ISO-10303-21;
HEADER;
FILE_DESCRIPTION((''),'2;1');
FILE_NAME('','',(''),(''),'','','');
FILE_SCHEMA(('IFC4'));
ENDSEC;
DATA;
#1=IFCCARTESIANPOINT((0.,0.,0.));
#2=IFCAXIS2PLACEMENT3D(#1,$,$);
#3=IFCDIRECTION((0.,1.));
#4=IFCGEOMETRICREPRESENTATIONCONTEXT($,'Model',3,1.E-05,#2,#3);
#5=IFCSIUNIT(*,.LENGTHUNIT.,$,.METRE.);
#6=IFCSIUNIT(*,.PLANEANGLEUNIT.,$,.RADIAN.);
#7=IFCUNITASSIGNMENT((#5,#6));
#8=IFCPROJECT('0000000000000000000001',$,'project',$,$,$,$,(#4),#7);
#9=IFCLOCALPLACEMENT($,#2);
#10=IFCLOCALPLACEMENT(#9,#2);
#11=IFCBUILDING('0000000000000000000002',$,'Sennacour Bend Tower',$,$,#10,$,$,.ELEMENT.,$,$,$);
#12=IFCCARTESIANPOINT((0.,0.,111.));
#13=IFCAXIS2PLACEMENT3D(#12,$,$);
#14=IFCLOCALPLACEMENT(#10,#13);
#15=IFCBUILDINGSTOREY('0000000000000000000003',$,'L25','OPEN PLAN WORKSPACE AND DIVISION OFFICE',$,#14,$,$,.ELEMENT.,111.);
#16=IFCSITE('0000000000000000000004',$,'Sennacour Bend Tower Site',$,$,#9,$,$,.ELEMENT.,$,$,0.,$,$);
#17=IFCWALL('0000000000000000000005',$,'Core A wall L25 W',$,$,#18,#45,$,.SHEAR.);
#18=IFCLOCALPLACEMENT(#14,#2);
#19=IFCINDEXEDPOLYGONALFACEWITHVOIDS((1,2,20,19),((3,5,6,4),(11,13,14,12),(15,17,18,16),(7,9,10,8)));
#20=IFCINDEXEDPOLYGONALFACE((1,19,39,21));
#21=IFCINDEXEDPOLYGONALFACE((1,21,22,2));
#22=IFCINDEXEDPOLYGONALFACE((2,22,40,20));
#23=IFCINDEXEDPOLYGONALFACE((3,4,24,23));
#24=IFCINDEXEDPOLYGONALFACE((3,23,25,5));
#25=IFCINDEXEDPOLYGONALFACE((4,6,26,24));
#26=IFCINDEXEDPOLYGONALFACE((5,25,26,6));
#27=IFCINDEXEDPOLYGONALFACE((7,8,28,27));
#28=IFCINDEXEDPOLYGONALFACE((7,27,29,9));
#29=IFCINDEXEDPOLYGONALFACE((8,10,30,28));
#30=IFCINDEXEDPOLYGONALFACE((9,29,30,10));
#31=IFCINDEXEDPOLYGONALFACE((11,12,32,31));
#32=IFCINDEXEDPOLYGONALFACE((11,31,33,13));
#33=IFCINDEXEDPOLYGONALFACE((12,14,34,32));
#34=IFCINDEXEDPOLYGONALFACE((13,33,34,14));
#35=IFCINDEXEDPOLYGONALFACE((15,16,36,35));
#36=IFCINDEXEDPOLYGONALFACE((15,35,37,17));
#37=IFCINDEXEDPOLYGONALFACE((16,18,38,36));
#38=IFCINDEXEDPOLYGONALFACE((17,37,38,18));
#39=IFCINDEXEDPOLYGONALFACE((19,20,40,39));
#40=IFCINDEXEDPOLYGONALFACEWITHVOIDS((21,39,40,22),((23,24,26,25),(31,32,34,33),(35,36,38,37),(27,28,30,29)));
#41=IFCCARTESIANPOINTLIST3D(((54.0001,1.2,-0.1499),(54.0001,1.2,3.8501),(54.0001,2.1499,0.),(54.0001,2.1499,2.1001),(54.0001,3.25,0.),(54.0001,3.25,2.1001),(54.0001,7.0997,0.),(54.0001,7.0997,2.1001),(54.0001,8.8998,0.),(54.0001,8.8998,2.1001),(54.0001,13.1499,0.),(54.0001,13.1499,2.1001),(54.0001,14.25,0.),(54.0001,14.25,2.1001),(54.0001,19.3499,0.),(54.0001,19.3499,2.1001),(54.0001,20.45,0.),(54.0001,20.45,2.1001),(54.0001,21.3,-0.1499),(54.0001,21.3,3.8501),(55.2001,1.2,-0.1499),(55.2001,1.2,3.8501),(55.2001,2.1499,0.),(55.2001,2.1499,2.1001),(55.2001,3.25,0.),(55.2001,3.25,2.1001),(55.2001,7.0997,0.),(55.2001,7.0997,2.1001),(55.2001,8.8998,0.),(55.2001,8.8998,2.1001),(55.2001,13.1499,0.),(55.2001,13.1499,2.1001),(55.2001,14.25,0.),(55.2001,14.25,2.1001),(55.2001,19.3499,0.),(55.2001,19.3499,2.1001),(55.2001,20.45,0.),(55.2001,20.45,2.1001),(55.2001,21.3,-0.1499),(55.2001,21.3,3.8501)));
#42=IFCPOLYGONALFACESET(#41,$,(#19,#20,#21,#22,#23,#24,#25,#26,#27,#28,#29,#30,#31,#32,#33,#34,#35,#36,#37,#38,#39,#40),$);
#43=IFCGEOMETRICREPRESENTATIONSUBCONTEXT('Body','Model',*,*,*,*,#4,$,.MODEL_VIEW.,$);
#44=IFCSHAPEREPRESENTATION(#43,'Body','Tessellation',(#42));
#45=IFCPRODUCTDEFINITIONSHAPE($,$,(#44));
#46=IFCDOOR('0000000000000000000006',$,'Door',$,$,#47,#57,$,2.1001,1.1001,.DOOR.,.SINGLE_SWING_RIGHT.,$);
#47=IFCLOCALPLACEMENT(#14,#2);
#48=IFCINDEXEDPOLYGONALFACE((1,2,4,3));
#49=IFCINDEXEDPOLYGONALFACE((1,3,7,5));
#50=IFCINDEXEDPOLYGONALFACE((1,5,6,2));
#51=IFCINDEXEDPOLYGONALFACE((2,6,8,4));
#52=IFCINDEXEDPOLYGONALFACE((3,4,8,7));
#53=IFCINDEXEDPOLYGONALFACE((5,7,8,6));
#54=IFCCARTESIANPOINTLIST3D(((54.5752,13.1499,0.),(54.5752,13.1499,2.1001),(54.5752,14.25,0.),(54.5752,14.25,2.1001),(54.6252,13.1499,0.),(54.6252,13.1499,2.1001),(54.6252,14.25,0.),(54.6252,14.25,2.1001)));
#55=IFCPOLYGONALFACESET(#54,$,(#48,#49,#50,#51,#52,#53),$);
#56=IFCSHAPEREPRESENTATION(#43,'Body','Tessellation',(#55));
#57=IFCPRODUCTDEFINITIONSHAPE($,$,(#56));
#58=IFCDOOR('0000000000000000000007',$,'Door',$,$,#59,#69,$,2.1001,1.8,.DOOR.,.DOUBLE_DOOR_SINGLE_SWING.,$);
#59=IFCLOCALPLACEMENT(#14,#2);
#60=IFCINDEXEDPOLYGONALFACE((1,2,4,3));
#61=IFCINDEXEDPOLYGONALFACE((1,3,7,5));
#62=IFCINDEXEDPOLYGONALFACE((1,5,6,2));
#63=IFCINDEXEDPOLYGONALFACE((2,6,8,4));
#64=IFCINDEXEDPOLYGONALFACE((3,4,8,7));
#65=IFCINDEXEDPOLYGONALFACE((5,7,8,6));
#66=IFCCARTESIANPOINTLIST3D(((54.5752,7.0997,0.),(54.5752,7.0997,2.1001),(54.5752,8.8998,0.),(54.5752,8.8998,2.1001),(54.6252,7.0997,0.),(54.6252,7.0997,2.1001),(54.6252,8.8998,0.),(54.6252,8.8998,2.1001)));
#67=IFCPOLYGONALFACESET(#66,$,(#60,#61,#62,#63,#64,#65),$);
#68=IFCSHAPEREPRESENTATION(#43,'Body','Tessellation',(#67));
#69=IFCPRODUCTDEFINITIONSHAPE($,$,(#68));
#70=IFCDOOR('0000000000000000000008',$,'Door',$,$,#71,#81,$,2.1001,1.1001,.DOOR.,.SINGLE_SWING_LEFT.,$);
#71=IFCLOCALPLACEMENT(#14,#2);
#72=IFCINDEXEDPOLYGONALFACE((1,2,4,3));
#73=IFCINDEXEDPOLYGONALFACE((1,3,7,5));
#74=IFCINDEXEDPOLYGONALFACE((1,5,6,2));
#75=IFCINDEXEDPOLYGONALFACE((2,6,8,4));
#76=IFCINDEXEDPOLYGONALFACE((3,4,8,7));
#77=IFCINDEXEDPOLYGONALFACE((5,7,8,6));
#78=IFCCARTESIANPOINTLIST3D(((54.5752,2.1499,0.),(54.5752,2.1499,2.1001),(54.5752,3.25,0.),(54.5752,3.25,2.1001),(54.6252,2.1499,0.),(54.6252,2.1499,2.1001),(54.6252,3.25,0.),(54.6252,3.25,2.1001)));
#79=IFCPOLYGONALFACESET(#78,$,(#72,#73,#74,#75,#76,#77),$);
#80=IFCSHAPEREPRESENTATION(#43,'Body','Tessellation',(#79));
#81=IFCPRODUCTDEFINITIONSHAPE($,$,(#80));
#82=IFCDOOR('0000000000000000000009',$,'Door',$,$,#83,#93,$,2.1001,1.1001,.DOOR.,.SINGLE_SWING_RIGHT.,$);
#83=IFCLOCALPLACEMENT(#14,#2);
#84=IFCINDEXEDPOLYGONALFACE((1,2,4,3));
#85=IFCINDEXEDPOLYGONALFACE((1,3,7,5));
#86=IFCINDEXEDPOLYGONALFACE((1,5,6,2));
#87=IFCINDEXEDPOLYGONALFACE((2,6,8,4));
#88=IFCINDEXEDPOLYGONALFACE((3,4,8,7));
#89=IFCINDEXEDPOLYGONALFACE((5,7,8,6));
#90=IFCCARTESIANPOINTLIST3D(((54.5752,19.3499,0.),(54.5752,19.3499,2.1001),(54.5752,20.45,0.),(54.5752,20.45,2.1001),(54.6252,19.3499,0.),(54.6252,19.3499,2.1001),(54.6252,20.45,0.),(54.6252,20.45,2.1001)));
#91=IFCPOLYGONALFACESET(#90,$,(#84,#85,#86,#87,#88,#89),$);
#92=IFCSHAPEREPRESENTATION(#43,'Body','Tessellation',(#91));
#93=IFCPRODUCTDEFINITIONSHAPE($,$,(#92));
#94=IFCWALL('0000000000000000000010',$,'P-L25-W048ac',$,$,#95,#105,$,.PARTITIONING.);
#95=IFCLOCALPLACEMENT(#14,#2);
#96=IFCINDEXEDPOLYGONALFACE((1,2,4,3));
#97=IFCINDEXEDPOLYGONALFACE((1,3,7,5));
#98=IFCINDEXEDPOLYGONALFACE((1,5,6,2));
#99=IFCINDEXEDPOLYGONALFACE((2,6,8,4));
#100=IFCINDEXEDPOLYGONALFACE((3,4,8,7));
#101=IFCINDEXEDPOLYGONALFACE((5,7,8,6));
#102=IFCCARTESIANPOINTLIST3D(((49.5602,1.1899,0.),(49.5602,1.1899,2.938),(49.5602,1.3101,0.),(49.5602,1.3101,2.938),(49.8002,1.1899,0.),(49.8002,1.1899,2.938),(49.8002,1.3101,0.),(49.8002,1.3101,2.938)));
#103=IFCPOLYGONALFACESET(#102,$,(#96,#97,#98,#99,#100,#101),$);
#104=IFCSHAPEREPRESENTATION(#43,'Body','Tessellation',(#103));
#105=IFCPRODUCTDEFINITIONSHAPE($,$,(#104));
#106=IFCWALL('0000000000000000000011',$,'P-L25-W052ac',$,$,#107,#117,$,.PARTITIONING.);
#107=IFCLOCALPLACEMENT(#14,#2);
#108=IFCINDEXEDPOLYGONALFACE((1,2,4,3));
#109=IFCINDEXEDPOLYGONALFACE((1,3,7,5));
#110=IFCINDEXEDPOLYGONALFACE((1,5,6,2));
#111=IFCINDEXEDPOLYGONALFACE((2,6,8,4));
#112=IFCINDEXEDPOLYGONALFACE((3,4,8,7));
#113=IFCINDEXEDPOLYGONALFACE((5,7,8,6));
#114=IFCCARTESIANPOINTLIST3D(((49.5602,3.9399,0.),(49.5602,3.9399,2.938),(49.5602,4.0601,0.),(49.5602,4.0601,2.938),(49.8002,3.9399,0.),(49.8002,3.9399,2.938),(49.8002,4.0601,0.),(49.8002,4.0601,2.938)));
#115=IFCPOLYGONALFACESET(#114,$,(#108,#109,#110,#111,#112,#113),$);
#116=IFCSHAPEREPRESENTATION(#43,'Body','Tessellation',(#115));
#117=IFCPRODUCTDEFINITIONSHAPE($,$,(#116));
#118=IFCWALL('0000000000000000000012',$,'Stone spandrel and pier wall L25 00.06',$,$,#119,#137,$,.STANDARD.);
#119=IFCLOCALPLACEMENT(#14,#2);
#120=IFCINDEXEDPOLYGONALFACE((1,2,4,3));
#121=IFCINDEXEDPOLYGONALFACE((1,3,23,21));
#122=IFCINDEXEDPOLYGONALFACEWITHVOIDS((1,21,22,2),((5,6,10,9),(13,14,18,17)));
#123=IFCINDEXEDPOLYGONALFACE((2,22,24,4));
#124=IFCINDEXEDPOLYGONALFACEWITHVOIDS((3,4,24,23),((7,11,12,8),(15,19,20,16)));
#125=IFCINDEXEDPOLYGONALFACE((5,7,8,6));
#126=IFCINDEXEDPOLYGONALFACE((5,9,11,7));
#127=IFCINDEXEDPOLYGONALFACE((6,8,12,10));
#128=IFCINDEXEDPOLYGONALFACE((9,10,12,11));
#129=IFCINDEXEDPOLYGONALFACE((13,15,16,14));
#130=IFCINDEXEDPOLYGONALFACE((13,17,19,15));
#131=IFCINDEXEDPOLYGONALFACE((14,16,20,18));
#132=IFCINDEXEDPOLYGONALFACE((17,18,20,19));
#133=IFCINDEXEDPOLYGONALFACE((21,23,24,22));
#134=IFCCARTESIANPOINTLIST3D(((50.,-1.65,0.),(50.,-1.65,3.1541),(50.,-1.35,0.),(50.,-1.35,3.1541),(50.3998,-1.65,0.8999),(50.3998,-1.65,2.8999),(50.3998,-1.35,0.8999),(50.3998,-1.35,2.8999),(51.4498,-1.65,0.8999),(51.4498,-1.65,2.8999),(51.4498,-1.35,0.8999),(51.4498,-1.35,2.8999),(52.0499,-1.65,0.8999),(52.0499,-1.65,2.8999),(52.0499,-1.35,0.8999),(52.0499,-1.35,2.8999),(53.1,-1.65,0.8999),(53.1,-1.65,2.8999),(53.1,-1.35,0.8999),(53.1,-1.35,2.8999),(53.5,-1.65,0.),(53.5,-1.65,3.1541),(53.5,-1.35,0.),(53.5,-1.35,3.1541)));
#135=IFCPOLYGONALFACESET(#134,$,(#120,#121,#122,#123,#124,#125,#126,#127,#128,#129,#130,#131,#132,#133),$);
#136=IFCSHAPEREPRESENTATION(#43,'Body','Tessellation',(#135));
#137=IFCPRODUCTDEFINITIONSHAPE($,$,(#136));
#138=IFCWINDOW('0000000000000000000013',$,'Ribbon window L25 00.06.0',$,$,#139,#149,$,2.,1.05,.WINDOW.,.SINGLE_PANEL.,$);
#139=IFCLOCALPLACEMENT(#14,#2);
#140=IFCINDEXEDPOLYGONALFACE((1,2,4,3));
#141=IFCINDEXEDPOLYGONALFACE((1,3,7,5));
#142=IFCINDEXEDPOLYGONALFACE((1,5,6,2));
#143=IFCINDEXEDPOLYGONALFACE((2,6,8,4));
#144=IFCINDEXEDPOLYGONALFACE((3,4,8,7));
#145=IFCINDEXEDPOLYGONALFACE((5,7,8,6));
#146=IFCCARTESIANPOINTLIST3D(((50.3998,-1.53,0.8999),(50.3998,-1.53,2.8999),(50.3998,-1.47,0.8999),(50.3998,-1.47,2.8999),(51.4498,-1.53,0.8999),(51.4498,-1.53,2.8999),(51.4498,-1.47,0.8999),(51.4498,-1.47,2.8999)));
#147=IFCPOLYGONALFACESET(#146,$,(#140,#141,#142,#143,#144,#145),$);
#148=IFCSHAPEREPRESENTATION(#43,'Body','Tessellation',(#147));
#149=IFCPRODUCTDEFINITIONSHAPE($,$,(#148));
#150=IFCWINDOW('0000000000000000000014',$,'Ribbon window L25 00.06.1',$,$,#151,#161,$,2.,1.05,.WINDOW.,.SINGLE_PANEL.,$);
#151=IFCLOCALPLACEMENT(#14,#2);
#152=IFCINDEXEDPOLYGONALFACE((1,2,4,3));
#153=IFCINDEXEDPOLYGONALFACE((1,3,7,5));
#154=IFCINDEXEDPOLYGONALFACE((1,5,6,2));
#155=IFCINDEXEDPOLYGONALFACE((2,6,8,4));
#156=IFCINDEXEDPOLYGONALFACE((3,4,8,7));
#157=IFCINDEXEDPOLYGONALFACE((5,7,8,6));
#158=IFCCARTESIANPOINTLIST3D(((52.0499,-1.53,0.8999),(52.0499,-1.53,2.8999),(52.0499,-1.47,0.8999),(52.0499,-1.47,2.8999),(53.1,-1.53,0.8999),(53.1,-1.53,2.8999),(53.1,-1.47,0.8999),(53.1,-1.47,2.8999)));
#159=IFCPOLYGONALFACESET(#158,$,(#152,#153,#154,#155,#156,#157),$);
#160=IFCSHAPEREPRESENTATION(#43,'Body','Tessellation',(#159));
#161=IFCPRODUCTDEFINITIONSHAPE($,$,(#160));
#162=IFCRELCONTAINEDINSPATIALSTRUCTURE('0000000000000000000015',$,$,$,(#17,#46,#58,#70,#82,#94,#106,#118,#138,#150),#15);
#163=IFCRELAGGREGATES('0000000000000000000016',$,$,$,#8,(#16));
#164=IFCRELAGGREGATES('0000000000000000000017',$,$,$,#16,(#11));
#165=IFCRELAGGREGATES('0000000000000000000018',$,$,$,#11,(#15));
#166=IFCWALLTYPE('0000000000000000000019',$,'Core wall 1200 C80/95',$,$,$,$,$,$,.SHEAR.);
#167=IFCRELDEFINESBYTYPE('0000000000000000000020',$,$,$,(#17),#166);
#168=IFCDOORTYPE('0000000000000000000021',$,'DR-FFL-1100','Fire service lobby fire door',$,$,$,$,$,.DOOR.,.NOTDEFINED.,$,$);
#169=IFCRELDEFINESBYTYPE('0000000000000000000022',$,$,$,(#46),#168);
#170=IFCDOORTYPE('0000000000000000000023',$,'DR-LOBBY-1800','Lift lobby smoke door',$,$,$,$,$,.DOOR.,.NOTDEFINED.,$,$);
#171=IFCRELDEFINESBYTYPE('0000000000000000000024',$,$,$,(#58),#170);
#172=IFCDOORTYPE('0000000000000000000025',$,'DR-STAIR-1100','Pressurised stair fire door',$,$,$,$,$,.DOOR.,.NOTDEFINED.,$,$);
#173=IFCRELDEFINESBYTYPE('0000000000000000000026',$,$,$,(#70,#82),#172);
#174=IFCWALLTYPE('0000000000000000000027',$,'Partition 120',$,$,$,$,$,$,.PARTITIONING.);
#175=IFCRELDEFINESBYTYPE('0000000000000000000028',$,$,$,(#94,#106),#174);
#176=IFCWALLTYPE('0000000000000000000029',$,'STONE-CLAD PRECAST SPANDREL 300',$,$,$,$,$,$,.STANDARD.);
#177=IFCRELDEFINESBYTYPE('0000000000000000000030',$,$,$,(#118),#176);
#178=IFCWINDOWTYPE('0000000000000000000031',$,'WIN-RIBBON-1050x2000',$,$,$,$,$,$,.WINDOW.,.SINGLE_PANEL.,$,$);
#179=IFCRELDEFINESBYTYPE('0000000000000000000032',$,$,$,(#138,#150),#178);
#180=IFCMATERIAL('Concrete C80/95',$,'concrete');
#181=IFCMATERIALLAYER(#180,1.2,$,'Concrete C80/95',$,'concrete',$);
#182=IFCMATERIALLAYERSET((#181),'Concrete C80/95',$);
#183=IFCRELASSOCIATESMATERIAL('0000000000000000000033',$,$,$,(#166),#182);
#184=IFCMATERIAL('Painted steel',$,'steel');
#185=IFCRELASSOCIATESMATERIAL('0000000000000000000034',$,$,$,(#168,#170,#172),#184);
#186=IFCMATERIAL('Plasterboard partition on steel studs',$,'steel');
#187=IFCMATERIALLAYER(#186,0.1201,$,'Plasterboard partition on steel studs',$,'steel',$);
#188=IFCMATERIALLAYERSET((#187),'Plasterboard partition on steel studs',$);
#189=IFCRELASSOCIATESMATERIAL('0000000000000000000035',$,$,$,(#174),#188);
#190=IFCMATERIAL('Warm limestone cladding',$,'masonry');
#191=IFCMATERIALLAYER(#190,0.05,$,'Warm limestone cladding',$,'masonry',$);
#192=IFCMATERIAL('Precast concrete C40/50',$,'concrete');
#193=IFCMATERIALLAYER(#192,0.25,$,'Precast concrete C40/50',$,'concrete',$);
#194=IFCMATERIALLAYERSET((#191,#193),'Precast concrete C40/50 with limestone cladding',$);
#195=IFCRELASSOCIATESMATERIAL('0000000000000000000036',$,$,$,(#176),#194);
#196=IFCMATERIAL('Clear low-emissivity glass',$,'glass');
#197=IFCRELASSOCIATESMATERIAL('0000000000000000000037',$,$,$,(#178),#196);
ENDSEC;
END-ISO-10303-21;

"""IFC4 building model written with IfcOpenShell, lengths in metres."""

from ifc_helpers import new_model, si_unit, direction, frame, frame_2d, origin, place, context, subcontext, project, spatial, rectangle, extrude, material, layer, layer_set, type_object, element, fill, save


model = new_model("IFC4")

# Units and contexts
model_context = context("Model", 3, precision=1e-05, world=origin(), true_north=direction((0.0, 1.0)))
body_context = subcontext(model_context, "Body", "Model", "MODEL_VIEW")
ifc_project = project(units=[si_unit("LENGTHUNIT", "METRE"), si_unit("PLANEANGLEUNIT", "RADIAN")], contexts=[model_context])

# Site, building, storey
site_placement = place(None, origin())
site = spatial("IfcSite", under=ifc_project, at=site_placement, Name="Sennacour Bend Tower Site", CompositionType="ELEMENT", RefElevation=0.0)
building_placement = place(site_placement, origin())
building = spatial("IfcBuilding", under=site, at=building_placement, Name="Sennacour Bend Tower", CompositionType="ELEMENT")
storey_placement = place(building_placement, frame((0.0, 0.0, 111.0)))
storey = spatial("IfcBuildingStorey", under=building, at=storey_placement, Name="L25", Description="OPEN PLAN WORKSPACE AND DIVISION OFFICE", CompositionType="ELEMENT", Elevation=111.0)

# Wall, openings, doors
ifc_material_1 = material(Name="Concrete C80/95", Category="concrete")
ifc_layer_1 = layer(ifc_material_1, 1.2, Name="Concrete C80/95", Category="concrete")
ifc_layer_set_1 = layer_set([ifc_layer_1], Name="Concrete C80/95")
wall_type_1 = type_object("IfcWallType", Name="Core wall 1200 C80/95", PredefinedType="SHEAR", material=ifc_layer_set_1)
wall_1_placement = place(storey_placement, frame((54.6001, 1.2, -0.1499), z_axis=(0.0, 0.0, 1.0), x_axis=(0.0, 1.0, 0.0)))
wall_1 = element("IfcWall", 1, at=wall_1_placement, inside=storey, type_object=wall_type_1, Name="Core A wall L25 W", PredefinedType="SHEAR", context=body_context, shape_type="SweptSolid", body=[
    extrude(rectangle(XDim=20.1001, YDim=1.2, at=frame_2d((10.05, 0.0))), origin(), (0.0, 0.0, 1.0), 4.0),
])
opening_1_placement = place(wall_1_placement, frame((5.8999, 0.0, 0.1499)))
opening_1 = element("IfcOpeningElement", 2, at=opening_1_placement, cuts=wall_1, PredefinedType="OPENING", context=body_context, shape_type="SweptSolid", body=[
    extrude(rectangle(XDim=1.8, YDim=2.1001, at=frame_2d((0.8999, 1.05))), frame((0.0, 0.6099, 0.0), z_axis=(0.0, -1.0, 0.0), x_axis=(1.0, 0.0, 0.0)), (0.0, 0.0, 1.0), 1.22),
])
opening_2_placement = place(wall_1_placement, frame((11.95, 0.0, 0.1499)))
opening_2 = element("IfcOpeningElement", 3, at=opening_2_placement, cuts=wall_1, PredefinedType="OPENING", context=body_context, shape_type="SweptSolid", body=[
    extrude(rectangle(XDim=1.1001, YDim=2.1001, at=frame_2d((0.55, 1.05))), frame((0.0, 0.6099, 0.0), z_axis=(0.0, -1.0, 0.0), x_axis=(1.0, 0.0, 0.0)), (0.0, 0.0, 1.0), 1.22),
])
opening_3_placement = place(wall_1_placement, frame((0.95, 0.0, 0.1499)))
opening_3 = element("IfcOpeningElement", 4, at=opening_3_placement, cuts=wall_1, PredefinedType="OPENING", context=body_context, shape_type="SweptSolid", body=[
    extrude(rectangle(XDim=1.1001, YDim=2.1001, at=frame_2d((0.55, 1.05))), frame((0.0, 0.6099, 0.0), z_axis=(0.0, -1.0, 0.0), x_axis=(1.0, 0.0, 0.0)), (0.0, 0.0, 1.0), 1.22),
])
opening_4_placement = place(wall_1_placement, frame((18.1499, 0.0, 0.1499)))
opening_4 = element("IfcOpeningElement", 5, at=opening_4_placement, cuts=wall_1, PredefinedType="OPENING", context=body_context, shape_type="SweptSolid", body=[
    extrude(rectangle(XDim=1.1001, YDim=2.1001, at=frame_2d((0.55, 1.05))), frame((0.0, 0.6099, 0.0), z_axis=(0.0, -1.0, 0.0), x_axis=(1.0, 0.0, 0.0)), (0.0, 0.0, 1.0), 1.22),
])
ifc_material_2 = material(Name="Painted steel", Category="steel")
door_type_1 = type_object("IfcDoorType", Name="DR-FFL-1100", Description="Fire service lobby fire door", OperationType="NOTDEFINED", PredefinedType="DOOR", material=ifc_material_2)
door_1_placement = place(opening_2_placement, origin())
door_1 = element("IfcDoor", 6, at=door_1_placement, inside=storey, type_object=door_type_1, Name="Door", OperationType="SINGLE_SWING_RIGHT", OverallHeight=2.1001, OverallWidth=1.1001, PredefinedType="DOOR", context=body_context, shape_type="SweptSolid", body=[
    extrude(rectangle(XDim=1.1001, YDim=2.1001, at=frame_2d((0.55, 1.05))), frame((0.0, 0.0249, 0.0), z_axis=(0.0, -1.0, 0.0), x_axis=(1.0, 0.0, 0.0)), (0.0, 0.0, 1.0), 0.05),
])
fill(opening_2, door_1)
door_type_2 = type_object("IfcDoorType", Name="DR-LOBBY-1800", Description="Lift lobby smoke door", OperationType="NOTDEFINED", PredefinedType="DOOR", material=ifc_material_2)
door_2_placement = place(opening_1_placement, origin())
door_2 = element("IfcDoor", 7, at=door_2_placement, inside=storey, type_object=door_type_2, Name="Door", OperationType="DOUBLE_DOOR_SINGLE_SWING", OverallHeight=2.1001, OverallWidth=1.8, PredefinedType="DOOR", context=body_context, shape_type="SweptSolid", body=[
    extrude(rectangle(XDim=1.8, YDim=2.1001, at=frame_2d((0.8999, 1.05))), frame((0.0, 0.0249, 0.0), z_axis=(0.0, -1.0, 0.0), x_axis=(1.0, 0.0, 0.0)), (0.0, 0.0, 1.0), 0.05),
])
fill(opening_1, door_2)
door_type_3 = type_object("IfcDoorType", Name="DR-STAIR-1100", Description="Pressurised stair fire door", OperationType="NOTDEFINED", PredefinedType="DOOR", material=ifc_material_2)
door_3_placement = place(opening_3_placement, origin())
door_3 = element("IfcDoor", 8, at=door_3_placement, inside=storey, type_object=door_type_3, Name="Door", OperationType="SINGLE_SWING_LEFT", OverallHeight=2.1001, OverallWidth=1.1001, PredefinedType="DOOR", context=body_context, shape_type="SweptSolid", body=[
    extrude(rectangle(XDim=1.1001, YDim=2.1001, at=frame_2d((0.55, 1.05))), frame((0.0, 0.0249, 0.0), z_axis=(0.0, -1.0, 0.0), x_axis=(1.0, 0.0, 0.0)), (0.0, 0.0, 1.0), 0.05),
])
fill(opening_3, door_3)
door_4_placement = place(opening_4_placement, origin())
door_4 = element("IfcDoor", 9, at=door_4_placement, inside=storey, type_object=door_type_3, Name="Door", OperationType="SINGLE_SWING_RIGHT", OverallHeight=2.1001, OverallWidth=1.1001, PredefinedType="DOOR", context=body_context, shape_type="SweptSolid", body=[
    extrude(rectangle(XDim=1.1001, YDim=2.1001, at=frame_2d((0.55, 1.05))), frame((0.0, 0.0249, 0.0), z_axis=(0.0, -1.0, 0.0), x_axis=(1.0, 0.0, 0.0)), (0.0, 0.0, 1.0), 0.05),
])
fill(opening_4, door_4)

# Walls
ifc_material_3 = material(Name="Plasterboard partition on steel studs", Category="steel")
ifc_layer_2 = layer(ifc_material_3, 0.1201, Name="Plasterboard partition on steel studs", Category="steel")
ifc_layer_set_2 = layer_set([ifc_layer_2], Name="Plasterboard partition on steel studs")
wall_type_2 = type_object("IfcWallType", Name="Partition 120", PredefinedType="PARTITIONING", material=ifc_layer_set_2)
for number, where, z_axis, x_axis, name in (
    (10, (49.5601, 1.25, 0.0), (0.0, 0.0, 1.0), (1.0, 0.0, 0.0), "P-L25-W048ac"),
    (11, (49.5601, 4.0, 0.0), (0.0, 0.0, 1.0), (1.0, 0.0, 0.0), "P-L25-W052ac"),
):
    element("IfcWall", number, at=place(storey_placement, frame(where, z_axis=z_axis, x_axis=x_axis)), inside=storey, type_object=wall_type_2, Name=name, PredefinedType="PARTITIONING", context=body_context, shape_type="SweptSolid", body=[
        extrude(rectangle(XDim=0.24, YDim=0.1201, at=frame_2d((0.1201, 0.0))), origin(), (0.0, 0.0, 1.0), 2.938),
    ])

# Wall, openings, windows
ifc_material_4 = material(Name="Warm limestone cladding", Category="masonry")
ifc_layer_3 = layer(ifc_material_4, 0.05, Name="Warm limestone cladding", Category="masonry")
ifc_material_5 = material(Name="Precast concrete C40/50", Category="concrete")
ifc_layer_4 = layer(ifc_material_5, 0.25, Name="Precast concrete C40/50", Category="concrete")
ifc_layer_set_3 = layer_set([ifc_layer_3, ifc_layer_4], Name="Precast concrete C40/50 with limestone cladding")
wall_type_3 = type_object("IfcWallType", Name="STONE-CLAD PRECAST SPANDREL 300", PredefinedType="STANDARD", material=ifc_layer_set_3)
wall_2_placement = place(storey_placement, frame((50.0, -1.5, 0.0), z_axis=(0.0, 0.0, 1.0), x_axis=(1.0, 0.0, 0.0)))
wall_2 = element("IfcWall", 12, at=wall_2_placement, inside=storey, type_object=wall_type_3, Name="Stone spandrel and pier wall L25 00.06", PredefinedType="STANDARD", context=body_context, shape_type="SweptSolid", body=[
    extrude(rectangle(XDim=3.5, YDim=0.3, at=frame_2d((1.75, 0.0))), origin(), (0.0, 0.0, 1.0), 3.1541),
])
opening_5_placement = place(wall_2_placement, frame((0.3999, 0.0, 0.8999)))
opening_5 = element("IfcOpeningElement", 13, at=opening_5_placement, cuts=wall_2, PredefinedType="OPENING", context=body_context, shape_type="SweptSolid", body=[
    extrude(rectangle(XDim=1.05, YDim=2.0, at=frame_2d((0.5249, 1.0))), frame((0.0, 0.1602, 0.0), z_axis=(0.0, -1.0, 0.0), x_axis=(1.0, 0.0, 0.0)), (0.0, 0.0, 1.0), 0.3201),
])
opening_6_placement = place(wall_2_placement, frame((2.05, 0.0, 0.8999)))
opening_6 = element("IfcOpeningElement", 14, at=opening_6_placement, cuts=wall_2, PredefinedType="OPENING", context=body_context, shape_type="SweptSolid", body=[
    extrude(rectangle(XDim=1.05, YDim=2.0, at=frame_2d((0.5249, 1.0))), frame((0.0, 0.1602, 0.0), z_axis=(0.0, -1.0, 0.0), x_axis=(1.0, 0.0, 0.0)), (0.0, 0.0, 1.0), 0.3201),
])
ifc_material_6 = material(Name="Clear low-emissivity glass", Category="glass")
window_type = type_object("IfcWindowType", Name="WIN-RIBBON-1050x2000", PartitioningType="SINGLE_PANEL", PredefinedType="WINDOW", material=ifc_material_6)
window_1_placement = place(opening_5_placement, origin())
window_1 = element("IfcWindow", 15, at=window_1_placement, inside=storey, type_object=window_type, Name="Ribbon window L25 00.06.0", OverallHeight=2.0, OverallWidth=1.05, PartitioningType="SINGLE_PANEL", PredefinedType="WINDOW", context=body_context, shape_type="SweptSolid", body=[
    extrude(rectangle(XDim=1.05, YDim=2.0, at=frame_2d((0.5249, 1.0))), frame((0.0, 0.03, 0.0), z_axis=(0.0, -1.0, 0.0), x_axis=(1.0, 0.0, 0.0)), (0.0, 0.0, 1.0), 0.0601),
])
fill(opening_5, window_1)
window_2_placement = place(opening_6_placement, origin())
window_2 = element("IfcWindow", 16, at=window_2_placement, inside=storey, type_object=window_type, Name="Ribbon window L25 00.06.1", OverallHeight=2.0, OverallWidth=1.05, PartitioningType="SINGLE_PANEL", PredefinedType="WINDOW", context=body_context, shape_type="SweptSolid", body=[
    extrude(rectangle(XDim=1.05, YDim=2.0, at=frame_2d((0.5249, 1.0))), frame((0.0, 0.03, 0.0), z_axis=(0.0, -1.0, 0.0), x_axis=(1.0, 0.0, 0.0)), (0.0, 0.0, 1.0), 0.0601),
])
fill(opening_6, window_2)

save(model, "model.ifc")
